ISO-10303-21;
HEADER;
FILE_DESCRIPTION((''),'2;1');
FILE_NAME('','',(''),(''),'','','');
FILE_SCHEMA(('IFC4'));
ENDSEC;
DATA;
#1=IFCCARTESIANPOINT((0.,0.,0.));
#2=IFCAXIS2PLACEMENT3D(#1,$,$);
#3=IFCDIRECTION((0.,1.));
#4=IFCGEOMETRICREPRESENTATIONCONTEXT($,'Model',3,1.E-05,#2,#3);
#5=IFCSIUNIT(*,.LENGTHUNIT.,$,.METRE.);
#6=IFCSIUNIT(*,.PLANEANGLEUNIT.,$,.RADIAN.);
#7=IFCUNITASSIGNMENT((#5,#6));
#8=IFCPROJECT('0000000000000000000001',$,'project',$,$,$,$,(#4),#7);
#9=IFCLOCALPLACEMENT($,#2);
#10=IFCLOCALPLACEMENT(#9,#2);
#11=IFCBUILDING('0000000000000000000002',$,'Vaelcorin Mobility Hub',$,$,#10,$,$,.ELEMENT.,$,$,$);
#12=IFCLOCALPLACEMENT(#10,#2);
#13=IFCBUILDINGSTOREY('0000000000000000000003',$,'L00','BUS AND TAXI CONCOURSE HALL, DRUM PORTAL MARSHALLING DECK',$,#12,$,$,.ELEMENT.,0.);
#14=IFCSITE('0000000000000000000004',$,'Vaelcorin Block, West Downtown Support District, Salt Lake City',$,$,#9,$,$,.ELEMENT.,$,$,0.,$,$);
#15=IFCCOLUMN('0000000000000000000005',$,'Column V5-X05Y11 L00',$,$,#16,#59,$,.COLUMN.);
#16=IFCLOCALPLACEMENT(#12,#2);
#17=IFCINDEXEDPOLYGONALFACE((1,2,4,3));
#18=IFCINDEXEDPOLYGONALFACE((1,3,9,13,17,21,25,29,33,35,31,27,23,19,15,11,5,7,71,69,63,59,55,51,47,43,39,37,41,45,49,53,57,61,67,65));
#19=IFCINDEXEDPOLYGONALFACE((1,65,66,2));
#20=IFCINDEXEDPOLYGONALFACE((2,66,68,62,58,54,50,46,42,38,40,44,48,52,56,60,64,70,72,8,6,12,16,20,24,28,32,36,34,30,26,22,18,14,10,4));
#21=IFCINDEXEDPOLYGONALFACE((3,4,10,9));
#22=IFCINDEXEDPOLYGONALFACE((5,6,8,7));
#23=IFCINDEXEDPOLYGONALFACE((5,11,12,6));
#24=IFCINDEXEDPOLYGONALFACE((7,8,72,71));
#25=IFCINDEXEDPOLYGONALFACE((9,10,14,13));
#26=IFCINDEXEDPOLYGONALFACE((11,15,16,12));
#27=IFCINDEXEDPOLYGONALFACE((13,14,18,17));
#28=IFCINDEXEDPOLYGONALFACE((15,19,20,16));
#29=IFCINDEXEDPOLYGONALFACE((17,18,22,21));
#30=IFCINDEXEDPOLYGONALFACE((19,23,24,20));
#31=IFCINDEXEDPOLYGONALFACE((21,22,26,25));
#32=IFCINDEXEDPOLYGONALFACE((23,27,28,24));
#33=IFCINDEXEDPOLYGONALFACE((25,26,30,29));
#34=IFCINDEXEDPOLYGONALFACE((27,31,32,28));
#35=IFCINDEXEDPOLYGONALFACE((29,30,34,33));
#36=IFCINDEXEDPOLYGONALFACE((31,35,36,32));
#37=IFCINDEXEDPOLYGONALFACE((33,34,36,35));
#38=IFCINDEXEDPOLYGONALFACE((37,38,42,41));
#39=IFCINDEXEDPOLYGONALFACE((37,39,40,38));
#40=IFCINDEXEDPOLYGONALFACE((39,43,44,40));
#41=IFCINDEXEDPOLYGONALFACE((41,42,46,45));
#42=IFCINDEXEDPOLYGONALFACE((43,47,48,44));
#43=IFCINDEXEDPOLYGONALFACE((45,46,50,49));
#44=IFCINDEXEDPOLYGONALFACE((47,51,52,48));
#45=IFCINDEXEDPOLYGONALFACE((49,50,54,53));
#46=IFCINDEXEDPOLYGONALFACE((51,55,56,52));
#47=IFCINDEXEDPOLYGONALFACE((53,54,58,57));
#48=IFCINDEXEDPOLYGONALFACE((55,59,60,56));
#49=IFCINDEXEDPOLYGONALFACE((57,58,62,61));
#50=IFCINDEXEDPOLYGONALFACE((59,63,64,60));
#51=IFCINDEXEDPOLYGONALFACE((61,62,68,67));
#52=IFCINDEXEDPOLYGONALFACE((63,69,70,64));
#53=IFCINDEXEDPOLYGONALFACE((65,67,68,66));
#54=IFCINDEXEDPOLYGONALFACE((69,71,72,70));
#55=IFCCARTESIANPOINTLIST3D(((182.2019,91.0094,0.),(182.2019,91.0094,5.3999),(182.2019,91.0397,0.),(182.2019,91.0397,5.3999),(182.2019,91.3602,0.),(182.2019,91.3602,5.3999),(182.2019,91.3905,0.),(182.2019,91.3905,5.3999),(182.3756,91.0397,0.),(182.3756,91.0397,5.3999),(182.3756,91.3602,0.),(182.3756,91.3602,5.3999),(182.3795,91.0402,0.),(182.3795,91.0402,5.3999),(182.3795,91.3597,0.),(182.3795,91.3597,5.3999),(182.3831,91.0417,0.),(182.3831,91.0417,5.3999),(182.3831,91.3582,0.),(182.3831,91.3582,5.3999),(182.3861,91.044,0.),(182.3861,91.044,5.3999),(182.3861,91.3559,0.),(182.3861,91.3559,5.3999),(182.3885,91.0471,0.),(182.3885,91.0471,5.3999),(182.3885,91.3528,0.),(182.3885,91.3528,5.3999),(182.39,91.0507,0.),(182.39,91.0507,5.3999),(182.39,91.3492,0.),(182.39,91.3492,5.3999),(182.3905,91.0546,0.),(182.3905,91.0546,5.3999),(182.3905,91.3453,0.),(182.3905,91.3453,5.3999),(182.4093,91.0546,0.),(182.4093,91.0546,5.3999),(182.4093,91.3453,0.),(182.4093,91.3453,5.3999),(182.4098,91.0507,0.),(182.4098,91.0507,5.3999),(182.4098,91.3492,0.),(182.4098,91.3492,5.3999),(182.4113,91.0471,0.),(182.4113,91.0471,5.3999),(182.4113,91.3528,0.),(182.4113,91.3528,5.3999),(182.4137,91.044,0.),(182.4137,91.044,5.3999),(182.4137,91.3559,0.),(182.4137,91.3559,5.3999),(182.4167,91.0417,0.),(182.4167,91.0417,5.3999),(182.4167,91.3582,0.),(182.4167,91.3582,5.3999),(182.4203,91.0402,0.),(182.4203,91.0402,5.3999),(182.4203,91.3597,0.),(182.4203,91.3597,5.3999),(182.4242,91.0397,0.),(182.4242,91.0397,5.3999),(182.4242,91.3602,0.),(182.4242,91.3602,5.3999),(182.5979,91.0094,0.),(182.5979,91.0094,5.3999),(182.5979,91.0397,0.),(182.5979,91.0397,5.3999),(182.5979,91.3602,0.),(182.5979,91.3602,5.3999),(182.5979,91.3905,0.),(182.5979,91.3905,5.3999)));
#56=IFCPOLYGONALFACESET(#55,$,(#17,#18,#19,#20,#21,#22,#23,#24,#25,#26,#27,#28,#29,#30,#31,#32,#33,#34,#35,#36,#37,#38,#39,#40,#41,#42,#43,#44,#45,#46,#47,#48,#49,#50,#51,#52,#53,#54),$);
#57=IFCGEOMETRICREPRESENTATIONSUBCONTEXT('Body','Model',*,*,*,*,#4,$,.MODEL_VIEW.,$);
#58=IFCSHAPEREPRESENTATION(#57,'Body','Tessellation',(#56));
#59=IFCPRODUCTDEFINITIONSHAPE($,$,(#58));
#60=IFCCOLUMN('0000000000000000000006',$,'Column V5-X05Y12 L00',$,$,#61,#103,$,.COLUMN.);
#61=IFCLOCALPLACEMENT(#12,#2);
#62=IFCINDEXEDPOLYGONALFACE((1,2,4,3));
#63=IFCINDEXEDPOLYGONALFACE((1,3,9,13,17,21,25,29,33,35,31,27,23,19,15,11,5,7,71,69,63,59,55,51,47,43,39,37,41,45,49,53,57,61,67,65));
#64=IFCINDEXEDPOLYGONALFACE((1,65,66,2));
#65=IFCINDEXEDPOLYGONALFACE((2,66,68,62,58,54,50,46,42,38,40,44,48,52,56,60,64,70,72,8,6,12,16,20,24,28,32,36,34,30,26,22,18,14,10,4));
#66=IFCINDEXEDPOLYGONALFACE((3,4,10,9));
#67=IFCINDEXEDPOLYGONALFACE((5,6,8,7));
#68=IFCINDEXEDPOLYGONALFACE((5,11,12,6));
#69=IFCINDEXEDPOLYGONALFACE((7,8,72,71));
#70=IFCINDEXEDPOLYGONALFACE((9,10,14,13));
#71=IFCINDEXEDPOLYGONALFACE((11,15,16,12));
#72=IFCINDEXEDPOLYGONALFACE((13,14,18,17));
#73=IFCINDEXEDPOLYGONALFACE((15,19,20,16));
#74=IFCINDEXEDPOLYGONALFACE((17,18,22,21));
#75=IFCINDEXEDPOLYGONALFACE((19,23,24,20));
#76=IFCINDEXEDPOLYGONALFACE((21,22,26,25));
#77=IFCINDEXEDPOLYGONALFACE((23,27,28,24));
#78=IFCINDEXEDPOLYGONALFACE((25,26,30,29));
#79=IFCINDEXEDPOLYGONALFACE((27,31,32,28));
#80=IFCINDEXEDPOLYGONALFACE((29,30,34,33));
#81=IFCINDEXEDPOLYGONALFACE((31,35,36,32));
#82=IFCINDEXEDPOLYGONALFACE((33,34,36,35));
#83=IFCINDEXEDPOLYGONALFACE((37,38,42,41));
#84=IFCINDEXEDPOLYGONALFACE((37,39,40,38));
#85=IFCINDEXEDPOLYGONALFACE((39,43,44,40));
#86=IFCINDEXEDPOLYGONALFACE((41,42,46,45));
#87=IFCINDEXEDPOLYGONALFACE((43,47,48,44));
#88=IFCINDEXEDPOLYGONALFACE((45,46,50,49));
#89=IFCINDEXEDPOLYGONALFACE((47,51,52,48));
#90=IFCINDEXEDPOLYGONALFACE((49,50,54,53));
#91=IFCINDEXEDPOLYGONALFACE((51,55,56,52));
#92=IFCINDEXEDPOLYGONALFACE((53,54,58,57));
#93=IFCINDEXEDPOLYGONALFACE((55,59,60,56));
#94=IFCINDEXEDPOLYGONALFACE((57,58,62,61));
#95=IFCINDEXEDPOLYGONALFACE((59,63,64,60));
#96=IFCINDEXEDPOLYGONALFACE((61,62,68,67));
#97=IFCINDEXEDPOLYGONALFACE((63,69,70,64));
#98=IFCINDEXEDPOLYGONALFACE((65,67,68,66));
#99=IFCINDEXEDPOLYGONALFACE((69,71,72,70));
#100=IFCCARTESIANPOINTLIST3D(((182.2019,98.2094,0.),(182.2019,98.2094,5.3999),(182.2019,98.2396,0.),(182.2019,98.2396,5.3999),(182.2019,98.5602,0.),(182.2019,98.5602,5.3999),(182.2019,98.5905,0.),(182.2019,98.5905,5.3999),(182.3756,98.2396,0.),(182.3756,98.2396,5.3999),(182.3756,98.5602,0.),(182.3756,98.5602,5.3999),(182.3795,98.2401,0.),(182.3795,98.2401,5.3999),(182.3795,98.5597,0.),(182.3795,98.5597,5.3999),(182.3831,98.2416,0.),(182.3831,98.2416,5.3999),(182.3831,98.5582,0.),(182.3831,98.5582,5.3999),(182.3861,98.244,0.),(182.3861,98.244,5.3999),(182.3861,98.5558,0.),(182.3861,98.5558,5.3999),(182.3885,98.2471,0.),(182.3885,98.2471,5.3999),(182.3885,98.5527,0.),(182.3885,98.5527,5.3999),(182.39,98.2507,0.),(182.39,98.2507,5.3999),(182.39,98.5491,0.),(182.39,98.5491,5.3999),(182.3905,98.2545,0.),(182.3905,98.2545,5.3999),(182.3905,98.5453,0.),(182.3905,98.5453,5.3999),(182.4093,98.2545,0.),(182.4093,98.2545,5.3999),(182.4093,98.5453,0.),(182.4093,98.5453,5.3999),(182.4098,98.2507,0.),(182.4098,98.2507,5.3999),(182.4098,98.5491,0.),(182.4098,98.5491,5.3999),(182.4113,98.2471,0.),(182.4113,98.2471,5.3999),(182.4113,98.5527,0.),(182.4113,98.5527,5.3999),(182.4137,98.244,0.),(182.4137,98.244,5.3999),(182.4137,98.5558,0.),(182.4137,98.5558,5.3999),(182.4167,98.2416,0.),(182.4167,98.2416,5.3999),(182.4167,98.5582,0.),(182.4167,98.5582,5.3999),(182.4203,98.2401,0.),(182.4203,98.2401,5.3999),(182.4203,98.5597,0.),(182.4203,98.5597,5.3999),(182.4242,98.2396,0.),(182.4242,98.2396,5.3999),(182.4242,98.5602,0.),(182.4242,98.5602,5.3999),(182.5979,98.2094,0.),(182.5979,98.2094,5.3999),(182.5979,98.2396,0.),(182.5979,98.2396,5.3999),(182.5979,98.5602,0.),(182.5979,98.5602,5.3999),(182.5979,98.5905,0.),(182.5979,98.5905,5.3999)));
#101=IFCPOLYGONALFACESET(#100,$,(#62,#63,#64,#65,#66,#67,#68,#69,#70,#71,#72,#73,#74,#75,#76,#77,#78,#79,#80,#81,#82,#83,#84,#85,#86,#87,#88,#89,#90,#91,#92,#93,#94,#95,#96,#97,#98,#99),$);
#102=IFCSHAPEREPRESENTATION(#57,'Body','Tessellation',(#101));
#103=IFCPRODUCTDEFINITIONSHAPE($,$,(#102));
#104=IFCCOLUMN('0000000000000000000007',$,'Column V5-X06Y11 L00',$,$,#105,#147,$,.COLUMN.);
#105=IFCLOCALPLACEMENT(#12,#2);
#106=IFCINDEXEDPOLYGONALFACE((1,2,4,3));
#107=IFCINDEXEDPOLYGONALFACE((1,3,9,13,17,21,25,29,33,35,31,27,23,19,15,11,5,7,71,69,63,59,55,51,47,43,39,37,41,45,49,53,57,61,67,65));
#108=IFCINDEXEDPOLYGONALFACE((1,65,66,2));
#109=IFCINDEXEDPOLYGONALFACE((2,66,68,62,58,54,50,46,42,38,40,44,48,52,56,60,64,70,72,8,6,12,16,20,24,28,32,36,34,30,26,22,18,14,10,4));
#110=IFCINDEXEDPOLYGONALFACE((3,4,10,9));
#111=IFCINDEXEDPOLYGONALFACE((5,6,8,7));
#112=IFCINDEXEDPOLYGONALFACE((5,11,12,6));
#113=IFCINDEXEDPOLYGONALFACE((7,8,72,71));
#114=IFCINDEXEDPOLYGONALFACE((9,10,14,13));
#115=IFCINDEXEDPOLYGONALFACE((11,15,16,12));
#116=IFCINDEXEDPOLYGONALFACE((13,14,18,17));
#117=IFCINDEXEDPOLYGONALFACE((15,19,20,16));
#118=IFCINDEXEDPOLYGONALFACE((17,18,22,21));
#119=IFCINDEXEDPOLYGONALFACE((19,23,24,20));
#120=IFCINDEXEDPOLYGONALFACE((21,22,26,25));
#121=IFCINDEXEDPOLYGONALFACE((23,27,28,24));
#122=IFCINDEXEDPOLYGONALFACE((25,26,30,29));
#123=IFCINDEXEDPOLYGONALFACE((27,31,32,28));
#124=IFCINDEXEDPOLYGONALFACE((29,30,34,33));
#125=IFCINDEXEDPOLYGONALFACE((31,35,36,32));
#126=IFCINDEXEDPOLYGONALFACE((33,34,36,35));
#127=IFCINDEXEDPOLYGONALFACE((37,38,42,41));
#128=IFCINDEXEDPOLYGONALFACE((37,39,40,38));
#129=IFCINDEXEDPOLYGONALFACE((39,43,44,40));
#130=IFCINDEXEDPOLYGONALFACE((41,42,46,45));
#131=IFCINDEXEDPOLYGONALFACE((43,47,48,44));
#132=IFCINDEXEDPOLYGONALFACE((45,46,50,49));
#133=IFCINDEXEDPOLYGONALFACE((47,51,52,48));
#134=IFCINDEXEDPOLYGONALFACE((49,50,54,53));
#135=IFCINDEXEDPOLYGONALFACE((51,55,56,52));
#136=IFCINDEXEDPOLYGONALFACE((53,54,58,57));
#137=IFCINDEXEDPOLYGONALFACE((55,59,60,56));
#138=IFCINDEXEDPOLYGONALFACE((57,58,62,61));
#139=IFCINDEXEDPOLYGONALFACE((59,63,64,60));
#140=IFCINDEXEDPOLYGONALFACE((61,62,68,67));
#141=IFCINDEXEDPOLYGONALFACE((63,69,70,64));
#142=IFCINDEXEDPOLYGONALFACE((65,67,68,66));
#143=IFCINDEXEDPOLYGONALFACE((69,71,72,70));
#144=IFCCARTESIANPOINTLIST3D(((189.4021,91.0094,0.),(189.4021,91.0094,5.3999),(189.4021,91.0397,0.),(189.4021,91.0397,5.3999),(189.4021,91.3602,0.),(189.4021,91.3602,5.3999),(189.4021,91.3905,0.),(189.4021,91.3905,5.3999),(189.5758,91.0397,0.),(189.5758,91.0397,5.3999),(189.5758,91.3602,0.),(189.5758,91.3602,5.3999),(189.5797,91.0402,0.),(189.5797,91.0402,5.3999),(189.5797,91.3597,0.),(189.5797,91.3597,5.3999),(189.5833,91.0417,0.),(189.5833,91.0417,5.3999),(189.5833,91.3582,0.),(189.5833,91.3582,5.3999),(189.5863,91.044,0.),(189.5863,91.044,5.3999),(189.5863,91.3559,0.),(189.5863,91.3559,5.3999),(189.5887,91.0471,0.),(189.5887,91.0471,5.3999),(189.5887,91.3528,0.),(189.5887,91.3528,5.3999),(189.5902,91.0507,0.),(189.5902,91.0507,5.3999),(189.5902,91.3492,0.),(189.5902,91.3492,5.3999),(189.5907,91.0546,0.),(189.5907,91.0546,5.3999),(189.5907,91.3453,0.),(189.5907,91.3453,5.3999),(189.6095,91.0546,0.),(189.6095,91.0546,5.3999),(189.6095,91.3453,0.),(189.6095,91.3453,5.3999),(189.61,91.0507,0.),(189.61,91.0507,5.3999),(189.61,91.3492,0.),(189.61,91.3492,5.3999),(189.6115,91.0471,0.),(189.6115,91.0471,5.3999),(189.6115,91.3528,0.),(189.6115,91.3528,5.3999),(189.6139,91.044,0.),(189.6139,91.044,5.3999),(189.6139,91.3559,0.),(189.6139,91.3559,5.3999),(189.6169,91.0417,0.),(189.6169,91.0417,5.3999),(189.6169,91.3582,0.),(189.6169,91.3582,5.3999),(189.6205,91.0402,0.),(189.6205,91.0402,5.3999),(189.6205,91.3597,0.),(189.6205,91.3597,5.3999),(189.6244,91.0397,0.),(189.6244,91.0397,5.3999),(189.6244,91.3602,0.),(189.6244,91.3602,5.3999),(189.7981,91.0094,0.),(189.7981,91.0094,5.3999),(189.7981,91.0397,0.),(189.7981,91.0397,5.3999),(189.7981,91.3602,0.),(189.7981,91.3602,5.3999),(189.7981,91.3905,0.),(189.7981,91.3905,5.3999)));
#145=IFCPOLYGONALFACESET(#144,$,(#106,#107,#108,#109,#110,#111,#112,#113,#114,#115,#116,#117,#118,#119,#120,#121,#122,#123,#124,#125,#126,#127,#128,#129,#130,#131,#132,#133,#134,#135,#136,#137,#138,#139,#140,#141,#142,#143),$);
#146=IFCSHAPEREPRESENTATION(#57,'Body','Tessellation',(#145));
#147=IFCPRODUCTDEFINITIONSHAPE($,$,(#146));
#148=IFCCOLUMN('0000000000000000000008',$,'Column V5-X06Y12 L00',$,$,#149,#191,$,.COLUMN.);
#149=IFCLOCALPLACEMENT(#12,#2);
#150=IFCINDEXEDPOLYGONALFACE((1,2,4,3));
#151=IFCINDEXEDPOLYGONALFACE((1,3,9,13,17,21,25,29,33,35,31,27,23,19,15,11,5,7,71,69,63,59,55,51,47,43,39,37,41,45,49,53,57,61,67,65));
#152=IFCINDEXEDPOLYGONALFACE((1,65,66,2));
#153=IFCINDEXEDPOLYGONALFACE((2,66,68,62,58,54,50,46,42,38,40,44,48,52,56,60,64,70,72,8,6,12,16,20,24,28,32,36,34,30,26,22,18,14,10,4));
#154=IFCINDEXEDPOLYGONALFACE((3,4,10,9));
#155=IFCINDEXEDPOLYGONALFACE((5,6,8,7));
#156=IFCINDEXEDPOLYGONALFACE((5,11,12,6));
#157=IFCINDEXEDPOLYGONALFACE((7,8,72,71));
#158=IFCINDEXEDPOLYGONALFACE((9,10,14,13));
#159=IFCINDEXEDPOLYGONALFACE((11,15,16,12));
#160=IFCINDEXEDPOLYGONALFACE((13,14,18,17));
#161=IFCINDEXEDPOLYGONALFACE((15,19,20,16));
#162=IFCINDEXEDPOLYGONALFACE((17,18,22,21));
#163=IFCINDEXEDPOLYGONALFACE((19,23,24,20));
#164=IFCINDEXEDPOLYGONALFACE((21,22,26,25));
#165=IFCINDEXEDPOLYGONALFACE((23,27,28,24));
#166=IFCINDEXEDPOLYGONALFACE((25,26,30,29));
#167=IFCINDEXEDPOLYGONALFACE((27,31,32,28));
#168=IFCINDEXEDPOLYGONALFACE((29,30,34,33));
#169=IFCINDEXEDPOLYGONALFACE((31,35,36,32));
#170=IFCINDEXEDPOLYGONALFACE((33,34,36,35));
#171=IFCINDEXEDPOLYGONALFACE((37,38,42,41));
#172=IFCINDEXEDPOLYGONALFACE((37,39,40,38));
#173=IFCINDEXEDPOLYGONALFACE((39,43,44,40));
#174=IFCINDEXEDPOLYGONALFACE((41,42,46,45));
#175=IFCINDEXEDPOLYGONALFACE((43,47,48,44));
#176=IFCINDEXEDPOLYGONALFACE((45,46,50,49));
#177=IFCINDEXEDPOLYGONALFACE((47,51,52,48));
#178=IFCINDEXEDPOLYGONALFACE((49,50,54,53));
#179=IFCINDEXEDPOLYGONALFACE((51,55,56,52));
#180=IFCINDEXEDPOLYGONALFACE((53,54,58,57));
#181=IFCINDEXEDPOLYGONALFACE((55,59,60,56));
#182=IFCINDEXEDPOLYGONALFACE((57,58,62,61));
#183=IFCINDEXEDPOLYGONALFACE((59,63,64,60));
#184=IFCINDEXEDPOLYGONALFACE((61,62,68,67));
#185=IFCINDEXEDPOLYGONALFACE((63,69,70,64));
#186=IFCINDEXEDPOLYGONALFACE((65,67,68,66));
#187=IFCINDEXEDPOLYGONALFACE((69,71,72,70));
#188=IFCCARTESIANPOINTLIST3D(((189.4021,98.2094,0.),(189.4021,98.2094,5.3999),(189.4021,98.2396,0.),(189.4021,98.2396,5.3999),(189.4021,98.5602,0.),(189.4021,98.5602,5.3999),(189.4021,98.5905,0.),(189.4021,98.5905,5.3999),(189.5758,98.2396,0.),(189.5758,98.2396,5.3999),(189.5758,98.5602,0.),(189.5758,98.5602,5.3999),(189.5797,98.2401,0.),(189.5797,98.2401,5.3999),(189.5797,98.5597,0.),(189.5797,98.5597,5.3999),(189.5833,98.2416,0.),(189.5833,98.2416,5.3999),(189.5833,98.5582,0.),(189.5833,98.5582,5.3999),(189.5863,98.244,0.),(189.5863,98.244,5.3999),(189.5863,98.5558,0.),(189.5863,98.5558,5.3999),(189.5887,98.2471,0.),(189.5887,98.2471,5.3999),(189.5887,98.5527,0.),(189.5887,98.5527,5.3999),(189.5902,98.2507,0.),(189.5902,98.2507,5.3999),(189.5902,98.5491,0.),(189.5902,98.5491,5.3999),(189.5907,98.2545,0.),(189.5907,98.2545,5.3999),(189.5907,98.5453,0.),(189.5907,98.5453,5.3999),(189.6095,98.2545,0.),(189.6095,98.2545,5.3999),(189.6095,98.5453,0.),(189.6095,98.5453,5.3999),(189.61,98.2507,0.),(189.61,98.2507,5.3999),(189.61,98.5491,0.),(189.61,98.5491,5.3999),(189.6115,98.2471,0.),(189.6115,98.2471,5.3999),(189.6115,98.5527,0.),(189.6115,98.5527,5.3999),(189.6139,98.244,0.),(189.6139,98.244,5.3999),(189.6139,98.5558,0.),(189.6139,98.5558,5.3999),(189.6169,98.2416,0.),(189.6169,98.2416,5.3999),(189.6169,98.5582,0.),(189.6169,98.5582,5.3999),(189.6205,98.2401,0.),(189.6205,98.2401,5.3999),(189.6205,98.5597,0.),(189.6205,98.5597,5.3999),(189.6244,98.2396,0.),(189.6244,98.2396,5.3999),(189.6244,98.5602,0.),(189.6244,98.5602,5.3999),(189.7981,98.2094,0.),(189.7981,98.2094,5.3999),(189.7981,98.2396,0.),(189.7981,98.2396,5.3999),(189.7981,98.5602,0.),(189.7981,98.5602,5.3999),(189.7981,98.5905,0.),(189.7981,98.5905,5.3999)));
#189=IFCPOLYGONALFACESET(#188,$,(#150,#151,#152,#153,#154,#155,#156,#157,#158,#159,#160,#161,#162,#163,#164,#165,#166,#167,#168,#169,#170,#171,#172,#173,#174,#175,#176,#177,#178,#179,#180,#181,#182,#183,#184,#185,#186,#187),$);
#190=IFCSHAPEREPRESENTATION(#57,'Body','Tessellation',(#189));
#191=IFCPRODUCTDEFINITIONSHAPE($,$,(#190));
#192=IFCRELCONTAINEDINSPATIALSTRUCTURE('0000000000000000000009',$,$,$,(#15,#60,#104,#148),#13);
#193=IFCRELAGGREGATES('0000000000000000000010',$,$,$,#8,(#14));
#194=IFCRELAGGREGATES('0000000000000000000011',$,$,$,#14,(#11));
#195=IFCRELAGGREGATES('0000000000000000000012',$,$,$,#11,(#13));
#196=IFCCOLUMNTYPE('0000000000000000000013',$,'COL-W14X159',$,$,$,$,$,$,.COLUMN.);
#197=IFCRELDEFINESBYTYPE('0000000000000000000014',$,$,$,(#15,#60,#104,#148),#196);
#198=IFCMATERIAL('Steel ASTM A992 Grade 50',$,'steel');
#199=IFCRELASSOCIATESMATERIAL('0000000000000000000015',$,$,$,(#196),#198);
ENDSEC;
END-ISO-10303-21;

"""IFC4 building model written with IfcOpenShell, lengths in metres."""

from ifc_helpers import new_model, si_unit, direction, frame, origin, origin_2d, place, context, subcontext, project, spatial, i_section, extrude, material, material_profile, profile_set, type_object, element, save


model = new_model("IFC4")

# Units and contexts
model_context = context("Model", 3, precision=1e-05, world=origin(), true_north=direction((0.0, 1.0)))
body_context = subcontext(model_context, "Body", "Model", "MODEL_VIEW")
ifc_project = project(units=[si_unit("LENGTHUNIT", "METRE"), si_unit("PLANEANGLEUNIT", "RADIAN")], contexts=[model_context])

# Site, building, storey
site_placement = place(None, origin())
site = spatial("IfcSite", under=ifc_project, at=site_placement, Name="Vaelcorin Block, West Downtown Support District, Salt Lake City", CompositionType="ELEMENT", RefElevation=0.0)
building_placement = place(site_placement, origin())
building = spatial("IfcBuilding", under=site, at=building_placement, Name="Vaelcorin Mobility Hub", CompositionType="ELEMENT")
storey_placement = place(building_placement, origin())
storey = spatial("IfcBuildingStorey", under=building, at=storey_placement, Name="L00", Description="BUS AND TAXI CONCOURSE HALL, DRUM PORTAL MARSHALLING DECK", CompositionType="ELEMENT", Elevation=0.0)

# Columns
ifc_material = material(Name="Steel ASTM A992 Grade 50", Category="steel")
ifc_material_profile_1 = material_profile(ifc_material, i_section(OverallWidth=0.396, OverallDepth=0.3811, WebThickness=0.0188, FlangeThickness=0.0303, FilletRadius=0.0149, at=origin_2d()), Name="W14X159")
ifc_profile_set_1 = profile_set([ifc_material_profile_1], Name="Steel ASTM A992 Grade 50")
column_type = type_object("IfcColumnType", Name="COL-W14X159", PredefinedType="COLUMN", material=ifc_profile_set_1)
for number, where, z_axis, x_axis, name in (
    (1, (182.3999, 91.2, 0.0), (0.0, 0.0, 1.0), (1.0, 0.0, 0.0), "Column V5-X05Y11 L00"),
    (2, (182.3999, 98.3999, 0.0), (0.0, 0.0, 1.0), (1.0, 0.0, 0.0), "Column V5-X05Y12 L00"),
    (3, (189.6001, 91.2, 0.0), (0.0, 0.0, 1.0), (1.0, 0.0, 0.0), "Column V5-X06Y11 L00"),
    (4, (189.6001, 98.3999, 0.0), (0.0, 0.0, 1.0), (1.0, 0.0, 0.0), "Column V5-X06Y12 L00"),
):
    element("IfcColumn", number, at=place(storey_placement, frame(where, z_axis=z_axis, x_axis=x_axis)), inside=storey, type_object=column_type, Name=name, PredefinedType="COLUMN", context=body_context, shape_type="SweptSolid", body=[
        extrude(i_section(OverallWidth=0.396, OverallDepth=0.3811, WebThickness=0.0188, FlangeThickness=0.0303, FilletRadius=0.0149, at=origin_2d()), origin(), (0.0, 0.0, 1.0), 5.3999),
    ])

save(model, "model.ifc")
